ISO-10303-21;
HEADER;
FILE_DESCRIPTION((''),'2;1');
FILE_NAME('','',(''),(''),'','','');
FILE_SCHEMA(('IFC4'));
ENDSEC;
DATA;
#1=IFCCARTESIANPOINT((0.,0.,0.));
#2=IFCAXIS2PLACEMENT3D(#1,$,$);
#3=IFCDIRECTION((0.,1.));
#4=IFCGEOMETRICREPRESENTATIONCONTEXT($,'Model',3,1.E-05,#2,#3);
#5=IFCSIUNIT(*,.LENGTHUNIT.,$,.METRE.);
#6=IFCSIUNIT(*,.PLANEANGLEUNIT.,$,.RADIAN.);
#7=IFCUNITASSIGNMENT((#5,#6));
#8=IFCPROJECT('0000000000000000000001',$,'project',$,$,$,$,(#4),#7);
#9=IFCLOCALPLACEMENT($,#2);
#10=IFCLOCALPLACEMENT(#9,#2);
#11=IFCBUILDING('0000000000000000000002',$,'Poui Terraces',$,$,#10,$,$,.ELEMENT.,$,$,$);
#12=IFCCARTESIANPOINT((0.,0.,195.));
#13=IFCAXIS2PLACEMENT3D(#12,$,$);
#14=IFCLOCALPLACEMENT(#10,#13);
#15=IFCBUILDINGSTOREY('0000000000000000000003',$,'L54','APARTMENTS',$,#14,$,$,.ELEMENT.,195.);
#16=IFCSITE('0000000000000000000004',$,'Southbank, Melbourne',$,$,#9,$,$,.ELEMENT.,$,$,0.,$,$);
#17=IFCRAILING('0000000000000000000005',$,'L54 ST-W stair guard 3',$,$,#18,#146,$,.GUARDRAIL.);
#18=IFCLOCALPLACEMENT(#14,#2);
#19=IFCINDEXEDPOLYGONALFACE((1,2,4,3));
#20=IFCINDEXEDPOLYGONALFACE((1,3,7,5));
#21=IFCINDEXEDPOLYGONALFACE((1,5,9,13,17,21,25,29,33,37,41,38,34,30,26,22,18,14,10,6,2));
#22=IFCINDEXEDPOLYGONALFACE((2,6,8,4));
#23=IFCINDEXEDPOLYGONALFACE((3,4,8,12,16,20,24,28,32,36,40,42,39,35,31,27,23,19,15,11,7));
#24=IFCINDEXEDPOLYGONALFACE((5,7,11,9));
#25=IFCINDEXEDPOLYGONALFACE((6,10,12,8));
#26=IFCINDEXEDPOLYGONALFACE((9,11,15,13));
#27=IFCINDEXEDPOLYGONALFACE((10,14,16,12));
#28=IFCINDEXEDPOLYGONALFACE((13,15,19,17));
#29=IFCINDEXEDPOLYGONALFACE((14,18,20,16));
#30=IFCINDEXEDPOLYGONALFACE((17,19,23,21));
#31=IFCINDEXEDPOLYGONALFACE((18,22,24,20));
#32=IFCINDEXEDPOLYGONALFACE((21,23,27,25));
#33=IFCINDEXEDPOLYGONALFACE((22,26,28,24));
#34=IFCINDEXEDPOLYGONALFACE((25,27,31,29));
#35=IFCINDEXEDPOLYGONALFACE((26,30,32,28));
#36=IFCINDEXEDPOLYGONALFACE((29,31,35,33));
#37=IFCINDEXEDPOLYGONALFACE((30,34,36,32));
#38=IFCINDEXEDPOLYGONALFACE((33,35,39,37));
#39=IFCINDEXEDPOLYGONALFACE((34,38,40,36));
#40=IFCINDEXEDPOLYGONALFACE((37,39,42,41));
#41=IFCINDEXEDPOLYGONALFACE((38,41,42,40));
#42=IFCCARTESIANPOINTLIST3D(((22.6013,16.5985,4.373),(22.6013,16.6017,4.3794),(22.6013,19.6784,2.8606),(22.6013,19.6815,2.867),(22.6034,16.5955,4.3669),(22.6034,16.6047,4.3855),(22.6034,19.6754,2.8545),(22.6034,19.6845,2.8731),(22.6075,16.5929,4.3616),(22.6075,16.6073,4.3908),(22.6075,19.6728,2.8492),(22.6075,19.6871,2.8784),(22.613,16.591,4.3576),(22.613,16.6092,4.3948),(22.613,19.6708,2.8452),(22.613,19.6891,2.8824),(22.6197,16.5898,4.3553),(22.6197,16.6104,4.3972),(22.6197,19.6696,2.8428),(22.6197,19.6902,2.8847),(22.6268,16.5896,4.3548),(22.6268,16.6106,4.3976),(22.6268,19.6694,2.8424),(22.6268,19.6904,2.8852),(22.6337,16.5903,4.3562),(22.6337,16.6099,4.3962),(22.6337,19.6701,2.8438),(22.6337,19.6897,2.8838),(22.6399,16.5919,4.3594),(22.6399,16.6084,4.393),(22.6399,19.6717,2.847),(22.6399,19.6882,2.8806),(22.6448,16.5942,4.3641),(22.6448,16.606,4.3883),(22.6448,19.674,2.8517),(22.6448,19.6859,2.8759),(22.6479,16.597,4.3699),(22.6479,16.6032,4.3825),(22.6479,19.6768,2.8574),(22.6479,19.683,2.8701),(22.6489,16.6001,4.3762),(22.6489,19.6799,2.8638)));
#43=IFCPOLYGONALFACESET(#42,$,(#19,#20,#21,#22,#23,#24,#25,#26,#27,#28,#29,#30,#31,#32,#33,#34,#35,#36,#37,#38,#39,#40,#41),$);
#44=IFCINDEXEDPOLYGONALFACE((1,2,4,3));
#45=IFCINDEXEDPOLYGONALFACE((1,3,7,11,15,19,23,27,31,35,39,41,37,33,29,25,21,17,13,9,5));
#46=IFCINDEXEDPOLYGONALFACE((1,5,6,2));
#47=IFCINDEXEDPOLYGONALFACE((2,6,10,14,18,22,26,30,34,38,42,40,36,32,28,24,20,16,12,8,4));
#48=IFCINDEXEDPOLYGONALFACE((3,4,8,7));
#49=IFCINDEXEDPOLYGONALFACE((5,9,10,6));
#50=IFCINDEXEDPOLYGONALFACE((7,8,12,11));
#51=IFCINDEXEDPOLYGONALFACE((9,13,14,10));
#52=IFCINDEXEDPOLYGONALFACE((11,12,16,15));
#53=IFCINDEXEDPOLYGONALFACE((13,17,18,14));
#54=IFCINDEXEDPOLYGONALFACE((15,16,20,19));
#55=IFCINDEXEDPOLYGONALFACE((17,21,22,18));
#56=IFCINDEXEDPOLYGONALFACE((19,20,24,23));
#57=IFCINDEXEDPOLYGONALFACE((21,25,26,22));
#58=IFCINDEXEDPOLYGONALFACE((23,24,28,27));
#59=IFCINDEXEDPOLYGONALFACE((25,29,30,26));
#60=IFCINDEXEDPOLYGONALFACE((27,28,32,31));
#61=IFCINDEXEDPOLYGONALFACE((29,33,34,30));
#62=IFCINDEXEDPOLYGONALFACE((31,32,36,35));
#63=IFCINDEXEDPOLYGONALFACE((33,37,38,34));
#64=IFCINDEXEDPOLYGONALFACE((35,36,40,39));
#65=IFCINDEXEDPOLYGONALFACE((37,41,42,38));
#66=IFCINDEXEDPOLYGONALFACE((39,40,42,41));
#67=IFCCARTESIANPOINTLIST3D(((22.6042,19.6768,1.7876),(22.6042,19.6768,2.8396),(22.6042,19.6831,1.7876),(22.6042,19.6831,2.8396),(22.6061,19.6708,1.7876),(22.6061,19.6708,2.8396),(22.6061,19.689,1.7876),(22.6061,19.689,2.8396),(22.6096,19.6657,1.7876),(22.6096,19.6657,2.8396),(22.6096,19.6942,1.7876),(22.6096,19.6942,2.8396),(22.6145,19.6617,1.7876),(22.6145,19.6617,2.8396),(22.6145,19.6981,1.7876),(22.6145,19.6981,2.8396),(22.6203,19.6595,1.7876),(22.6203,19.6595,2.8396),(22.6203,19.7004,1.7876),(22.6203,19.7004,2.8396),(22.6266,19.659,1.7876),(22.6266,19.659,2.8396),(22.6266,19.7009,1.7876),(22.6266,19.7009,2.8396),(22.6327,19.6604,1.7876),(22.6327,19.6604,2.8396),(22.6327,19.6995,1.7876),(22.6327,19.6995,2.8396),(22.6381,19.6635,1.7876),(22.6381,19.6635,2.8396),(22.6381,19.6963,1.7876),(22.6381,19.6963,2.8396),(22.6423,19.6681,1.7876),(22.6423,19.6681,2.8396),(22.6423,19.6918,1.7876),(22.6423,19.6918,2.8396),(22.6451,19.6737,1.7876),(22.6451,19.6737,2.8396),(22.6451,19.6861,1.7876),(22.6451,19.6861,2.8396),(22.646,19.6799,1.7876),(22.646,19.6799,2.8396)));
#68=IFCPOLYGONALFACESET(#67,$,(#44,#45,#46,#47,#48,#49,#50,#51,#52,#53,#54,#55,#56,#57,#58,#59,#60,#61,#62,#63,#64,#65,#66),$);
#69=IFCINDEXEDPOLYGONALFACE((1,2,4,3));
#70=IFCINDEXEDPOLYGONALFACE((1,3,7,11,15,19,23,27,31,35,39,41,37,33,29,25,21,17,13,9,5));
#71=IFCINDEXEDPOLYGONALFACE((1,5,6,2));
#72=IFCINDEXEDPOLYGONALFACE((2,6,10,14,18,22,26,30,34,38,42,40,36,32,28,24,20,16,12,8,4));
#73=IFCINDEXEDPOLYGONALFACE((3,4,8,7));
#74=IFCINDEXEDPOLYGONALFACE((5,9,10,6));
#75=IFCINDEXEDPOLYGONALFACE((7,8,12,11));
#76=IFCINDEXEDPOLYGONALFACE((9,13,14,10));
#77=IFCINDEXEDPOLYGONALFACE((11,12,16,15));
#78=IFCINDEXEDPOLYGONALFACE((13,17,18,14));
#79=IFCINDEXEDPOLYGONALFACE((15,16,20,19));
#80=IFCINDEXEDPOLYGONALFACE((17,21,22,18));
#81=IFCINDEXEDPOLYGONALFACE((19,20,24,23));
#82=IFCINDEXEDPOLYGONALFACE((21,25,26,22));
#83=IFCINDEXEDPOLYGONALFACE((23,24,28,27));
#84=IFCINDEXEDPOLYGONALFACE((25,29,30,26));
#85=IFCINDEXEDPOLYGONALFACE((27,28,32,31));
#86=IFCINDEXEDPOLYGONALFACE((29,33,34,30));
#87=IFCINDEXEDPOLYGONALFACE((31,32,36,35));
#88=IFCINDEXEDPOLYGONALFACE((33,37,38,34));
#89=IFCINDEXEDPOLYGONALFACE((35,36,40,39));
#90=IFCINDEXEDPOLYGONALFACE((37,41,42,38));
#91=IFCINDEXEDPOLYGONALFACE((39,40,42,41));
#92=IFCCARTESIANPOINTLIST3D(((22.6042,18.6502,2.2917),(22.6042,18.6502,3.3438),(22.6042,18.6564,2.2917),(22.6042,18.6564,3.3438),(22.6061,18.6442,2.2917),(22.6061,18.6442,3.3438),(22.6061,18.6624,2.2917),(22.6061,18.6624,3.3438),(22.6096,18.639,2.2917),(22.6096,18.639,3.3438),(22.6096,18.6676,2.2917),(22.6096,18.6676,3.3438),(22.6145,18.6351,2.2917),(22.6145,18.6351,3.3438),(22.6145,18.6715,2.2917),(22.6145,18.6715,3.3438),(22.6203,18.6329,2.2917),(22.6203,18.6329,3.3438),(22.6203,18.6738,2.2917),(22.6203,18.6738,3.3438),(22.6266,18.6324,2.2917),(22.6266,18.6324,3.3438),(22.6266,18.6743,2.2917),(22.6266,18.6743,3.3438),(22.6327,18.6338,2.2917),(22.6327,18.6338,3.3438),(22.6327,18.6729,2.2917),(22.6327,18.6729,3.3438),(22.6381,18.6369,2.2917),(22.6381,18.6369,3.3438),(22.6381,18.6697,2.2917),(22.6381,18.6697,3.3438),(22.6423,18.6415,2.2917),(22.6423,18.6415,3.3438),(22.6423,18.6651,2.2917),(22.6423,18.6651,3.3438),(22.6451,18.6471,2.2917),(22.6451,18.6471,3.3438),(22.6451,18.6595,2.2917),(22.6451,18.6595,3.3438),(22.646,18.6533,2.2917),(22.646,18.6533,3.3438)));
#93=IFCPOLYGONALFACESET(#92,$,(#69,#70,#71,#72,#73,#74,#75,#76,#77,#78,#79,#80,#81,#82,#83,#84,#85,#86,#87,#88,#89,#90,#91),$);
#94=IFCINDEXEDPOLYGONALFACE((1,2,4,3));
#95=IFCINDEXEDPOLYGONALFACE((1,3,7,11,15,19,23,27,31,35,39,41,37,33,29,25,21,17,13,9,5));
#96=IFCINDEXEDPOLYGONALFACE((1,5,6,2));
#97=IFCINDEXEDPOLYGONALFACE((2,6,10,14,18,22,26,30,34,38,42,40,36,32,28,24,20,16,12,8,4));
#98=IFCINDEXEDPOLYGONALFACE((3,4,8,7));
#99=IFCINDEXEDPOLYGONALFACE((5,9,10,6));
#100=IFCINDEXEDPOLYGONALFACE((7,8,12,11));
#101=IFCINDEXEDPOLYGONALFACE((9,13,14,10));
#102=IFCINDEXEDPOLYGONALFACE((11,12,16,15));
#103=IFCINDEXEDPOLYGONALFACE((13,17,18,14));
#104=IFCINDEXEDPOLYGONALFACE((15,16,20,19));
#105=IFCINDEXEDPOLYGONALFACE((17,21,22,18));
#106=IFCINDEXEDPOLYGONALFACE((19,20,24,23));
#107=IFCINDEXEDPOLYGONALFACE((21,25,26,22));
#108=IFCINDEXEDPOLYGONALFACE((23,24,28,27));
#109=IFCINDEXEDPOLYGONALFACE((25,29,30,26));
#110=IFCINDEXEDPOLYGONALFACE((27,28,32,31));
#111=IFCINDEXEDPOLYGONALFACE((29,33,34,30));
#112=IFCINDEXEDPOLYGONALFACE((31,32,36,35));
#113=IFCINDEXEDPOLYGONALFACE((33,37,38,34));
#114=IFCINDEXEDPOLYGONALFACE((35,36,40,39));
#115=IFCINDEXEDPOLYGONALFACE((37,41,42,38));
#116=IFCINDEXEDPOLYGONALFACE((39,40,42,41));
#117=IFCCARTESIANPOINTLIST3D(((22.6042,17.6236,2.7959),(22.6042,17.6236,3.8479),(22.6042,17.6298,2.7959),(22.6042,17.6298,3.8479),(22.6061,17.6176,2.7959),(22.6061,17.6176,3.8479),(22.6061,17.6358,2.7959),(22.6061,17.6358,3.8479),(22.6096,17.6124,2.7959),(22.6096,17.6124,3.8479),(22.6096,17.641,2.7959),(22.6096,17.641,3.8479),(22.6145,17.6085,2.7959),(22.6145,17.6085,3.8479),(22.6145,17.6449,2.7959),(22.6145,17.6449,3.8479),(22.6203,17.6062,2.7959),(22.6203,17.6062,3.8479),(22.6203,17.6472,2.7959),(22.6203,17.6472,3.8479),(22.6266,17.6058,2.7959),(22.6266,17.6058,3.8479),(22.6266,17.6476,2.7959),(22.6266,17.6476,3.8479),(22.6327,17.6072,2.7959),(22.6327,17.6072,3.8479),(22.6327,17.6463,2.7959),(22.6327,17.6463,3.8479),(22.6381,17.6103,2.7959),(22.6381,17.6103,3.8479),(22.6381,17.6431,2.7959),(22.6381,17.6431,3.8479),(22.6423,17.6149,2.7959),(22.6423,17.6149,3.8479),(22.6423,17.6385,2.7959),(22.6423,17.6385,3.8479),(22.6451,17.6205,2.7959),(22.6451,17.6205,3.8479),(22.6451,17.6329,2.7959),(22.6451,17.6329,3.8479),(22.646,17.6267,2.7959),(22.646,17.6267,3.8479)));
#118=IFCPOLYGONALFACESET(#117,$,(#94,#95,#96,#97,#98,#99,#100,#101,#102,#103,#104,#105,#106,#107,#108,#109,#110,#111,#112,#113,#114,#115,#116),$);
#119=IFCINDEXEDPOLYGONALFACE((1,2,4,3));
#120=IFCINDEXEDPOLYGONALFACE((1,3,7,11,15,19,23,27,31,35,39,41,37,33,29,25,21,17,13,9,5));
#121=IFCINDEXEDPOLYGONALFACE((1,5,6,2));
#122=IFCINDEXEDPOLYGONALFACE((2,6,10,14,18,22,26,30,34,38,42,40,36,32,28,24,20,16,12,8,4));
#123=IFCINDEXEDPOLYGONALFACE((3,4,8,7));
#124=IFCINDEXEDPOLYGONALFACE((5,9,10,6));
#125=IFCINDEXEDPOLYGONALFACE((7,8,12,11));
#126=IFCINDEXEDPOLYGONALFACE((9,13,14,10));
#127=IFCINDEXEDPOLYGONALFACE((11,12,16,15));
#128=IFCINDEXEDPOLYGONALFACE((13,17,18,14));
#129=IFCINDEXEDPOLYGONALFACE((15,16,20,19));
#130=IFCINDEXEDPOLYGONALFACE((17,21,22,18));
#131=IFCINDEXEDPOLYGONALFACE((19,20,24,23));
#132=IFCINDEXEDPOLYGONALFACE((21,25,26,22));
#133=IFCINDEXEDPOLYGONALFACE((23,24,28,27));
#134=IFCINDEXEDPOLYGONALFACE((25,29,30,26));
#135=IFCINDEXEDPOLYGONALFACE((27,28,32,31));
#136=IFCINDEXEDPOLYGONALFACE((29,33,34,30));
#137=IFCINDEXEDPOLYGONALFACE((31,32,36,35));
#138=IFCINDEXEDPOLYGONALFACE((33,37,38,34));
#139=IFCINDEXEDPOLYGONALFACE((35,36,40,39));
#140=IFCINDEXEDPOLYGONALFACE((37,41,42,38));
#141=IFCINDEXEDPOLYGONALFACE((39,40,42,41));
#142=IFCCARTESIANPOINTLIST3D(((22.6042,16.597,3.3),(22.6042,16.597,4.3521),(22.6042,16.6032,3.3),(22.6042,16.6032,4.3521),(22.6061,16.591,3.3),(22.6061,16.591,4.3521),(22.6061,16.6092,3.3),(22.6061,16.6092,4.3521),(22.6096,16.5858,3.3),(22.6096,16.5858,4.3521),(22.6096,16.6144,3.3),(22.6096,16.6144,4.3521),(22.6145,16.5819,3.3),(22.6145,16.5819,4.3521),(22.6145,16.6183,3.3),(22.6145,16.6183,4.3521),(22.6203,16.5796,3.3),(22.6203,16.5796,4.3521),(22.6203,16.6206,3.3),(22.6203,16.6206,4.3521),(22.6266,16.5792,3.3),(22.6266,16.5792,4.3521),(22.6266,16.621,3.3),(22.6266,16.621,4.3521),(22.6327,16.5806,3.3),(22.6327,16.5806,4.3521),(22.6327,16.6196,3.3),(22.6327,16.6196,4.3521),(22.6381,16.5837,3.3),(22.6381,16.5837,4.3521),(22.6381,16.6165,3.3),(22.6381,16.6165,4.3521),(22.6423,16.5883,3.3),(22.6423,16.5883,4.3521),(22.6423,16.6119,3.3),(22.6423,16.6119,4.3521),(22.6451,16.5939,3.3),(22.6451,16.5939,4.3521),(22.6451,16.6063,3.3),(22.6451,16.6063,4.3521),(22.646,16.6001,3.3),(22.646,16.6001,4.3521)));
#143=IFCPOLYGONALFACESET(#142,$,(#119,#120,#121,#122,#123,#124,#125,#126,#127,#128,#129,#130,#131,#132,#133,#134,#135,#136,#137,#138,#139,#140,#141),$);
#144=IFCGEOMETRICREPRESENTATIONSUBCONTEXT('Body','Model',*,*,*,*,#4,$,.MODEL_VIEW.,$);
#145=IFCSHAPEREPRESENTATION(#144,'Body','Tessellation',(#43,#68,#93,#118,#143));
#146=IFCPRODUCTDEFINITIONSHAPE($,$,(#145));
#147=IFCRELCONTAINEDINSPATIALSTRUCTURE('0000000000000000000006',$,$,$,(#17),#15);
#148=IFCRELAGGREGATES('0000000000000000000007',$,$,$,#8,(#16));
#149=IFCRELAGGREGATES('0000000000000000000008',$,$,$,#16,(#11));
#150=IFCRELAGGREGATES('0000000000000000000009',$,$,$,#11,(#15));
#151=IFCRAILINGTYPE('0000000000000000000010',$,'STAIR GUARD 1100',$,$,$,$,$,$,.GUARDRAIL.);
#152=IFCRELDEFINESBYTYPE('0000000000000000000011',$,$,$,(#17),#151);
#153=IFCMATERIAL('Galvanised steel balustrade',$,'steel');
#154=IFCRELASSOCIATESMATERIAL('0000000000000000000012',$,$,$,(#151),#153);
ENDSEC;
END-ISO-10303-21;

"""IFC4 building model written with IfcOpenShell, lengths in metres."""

from ifc_helpers import new_model, si_unit, direction, frame, origin, origin_2d, place, context, subcontext, project, spatial, circle, extrude, material, type_object, element, save


model = new_model("IFC4")

# Units and contexts
model_context = context("Model", 3, precision=1e-05, world=origin(), true_north=direction((0.0, 1.0)))
body_context = subcontext(model_context, "Body", "Model", "MODEL_VIEW")
ifc_project = project(units=[si_unit("LENGTHUNIT", "METRE"), si_unit("PLANEANGLEUNIT", "RADIAN")], contexts=[model_context])

# Site, building, storey
site_placement = place(None, origin())
site = spatial("IfcSite", under=ifc_project, at=site_placement, Name="Southbank, Melbourne", CompositionType="ELEMENT", RefElevation=0.0)
building_placement = place(site_placement, origin())
building = spatial("IfcBuilding", under=site, at=building_placement, Name="Poui Terraces", CompositionType="ELEMENT")
storey_placement = place(building_placement, frame((0.0, 0.0, 195.0)))
storey = spatial("IfcBuildingStorey", under=building, at=storey_placement, Name="L54", Description="APARTMENTS", CompositionType="ELEMENT", Elevation=195.0)

# Railing
ifc_material_1 = material(Name="Galvanised steel balustrade", Category="steel")
railing_type_1 = type_object("IfcRailingType", Name="STAIR GUARD 1100", PredefinedType="GUARDRAIL", material=ifc_material_1)
railing_1_placement = place(storey_placement, frame((22.625, 19.6799, 1.7876)))
element("IfcRailing", 1, at=railing_1_placement, inside=storey, type_object=railing_type_1, Name="L54 ST-W stair guard 3", PredefinedType="GUARDRAIL", context=body_context, shape_type="SweptSolid", body=[
    extrude(circle(Radius=0.0239, at=origin_2d()), frame((0.0, 0.0, 1.0762), z_axis=(0.0, -0.897606, 0.440798), x_axis=(1.0, 0.0, 0.0)), (0.0, 0.0, 1.0), 3.4312),
    extrude(circle(Radius=0.021, at=origin_2d()), origin(), (0.0, 0.0, 1.0), 1.052),
    extrude(circle(Radius=0.021, at=origin_2d()), frame((0.0, -1.0266, 0.5042)), (0.0, 0.0, 1.0), 1.052),
    extrude(circle(Radius=0.021, at=origin_2d()), frame((0.0, -2.0532, 1.0083)), (0.0, 0.0, 1.0), 1.052),
    extrude(circle(Radius=0.021, at=origin_2d()), frame((0.0, -3.0798, 1.5125)), (0.0, 0.0, 1.0), 1.052),
])

save(model, "model.ifc")
